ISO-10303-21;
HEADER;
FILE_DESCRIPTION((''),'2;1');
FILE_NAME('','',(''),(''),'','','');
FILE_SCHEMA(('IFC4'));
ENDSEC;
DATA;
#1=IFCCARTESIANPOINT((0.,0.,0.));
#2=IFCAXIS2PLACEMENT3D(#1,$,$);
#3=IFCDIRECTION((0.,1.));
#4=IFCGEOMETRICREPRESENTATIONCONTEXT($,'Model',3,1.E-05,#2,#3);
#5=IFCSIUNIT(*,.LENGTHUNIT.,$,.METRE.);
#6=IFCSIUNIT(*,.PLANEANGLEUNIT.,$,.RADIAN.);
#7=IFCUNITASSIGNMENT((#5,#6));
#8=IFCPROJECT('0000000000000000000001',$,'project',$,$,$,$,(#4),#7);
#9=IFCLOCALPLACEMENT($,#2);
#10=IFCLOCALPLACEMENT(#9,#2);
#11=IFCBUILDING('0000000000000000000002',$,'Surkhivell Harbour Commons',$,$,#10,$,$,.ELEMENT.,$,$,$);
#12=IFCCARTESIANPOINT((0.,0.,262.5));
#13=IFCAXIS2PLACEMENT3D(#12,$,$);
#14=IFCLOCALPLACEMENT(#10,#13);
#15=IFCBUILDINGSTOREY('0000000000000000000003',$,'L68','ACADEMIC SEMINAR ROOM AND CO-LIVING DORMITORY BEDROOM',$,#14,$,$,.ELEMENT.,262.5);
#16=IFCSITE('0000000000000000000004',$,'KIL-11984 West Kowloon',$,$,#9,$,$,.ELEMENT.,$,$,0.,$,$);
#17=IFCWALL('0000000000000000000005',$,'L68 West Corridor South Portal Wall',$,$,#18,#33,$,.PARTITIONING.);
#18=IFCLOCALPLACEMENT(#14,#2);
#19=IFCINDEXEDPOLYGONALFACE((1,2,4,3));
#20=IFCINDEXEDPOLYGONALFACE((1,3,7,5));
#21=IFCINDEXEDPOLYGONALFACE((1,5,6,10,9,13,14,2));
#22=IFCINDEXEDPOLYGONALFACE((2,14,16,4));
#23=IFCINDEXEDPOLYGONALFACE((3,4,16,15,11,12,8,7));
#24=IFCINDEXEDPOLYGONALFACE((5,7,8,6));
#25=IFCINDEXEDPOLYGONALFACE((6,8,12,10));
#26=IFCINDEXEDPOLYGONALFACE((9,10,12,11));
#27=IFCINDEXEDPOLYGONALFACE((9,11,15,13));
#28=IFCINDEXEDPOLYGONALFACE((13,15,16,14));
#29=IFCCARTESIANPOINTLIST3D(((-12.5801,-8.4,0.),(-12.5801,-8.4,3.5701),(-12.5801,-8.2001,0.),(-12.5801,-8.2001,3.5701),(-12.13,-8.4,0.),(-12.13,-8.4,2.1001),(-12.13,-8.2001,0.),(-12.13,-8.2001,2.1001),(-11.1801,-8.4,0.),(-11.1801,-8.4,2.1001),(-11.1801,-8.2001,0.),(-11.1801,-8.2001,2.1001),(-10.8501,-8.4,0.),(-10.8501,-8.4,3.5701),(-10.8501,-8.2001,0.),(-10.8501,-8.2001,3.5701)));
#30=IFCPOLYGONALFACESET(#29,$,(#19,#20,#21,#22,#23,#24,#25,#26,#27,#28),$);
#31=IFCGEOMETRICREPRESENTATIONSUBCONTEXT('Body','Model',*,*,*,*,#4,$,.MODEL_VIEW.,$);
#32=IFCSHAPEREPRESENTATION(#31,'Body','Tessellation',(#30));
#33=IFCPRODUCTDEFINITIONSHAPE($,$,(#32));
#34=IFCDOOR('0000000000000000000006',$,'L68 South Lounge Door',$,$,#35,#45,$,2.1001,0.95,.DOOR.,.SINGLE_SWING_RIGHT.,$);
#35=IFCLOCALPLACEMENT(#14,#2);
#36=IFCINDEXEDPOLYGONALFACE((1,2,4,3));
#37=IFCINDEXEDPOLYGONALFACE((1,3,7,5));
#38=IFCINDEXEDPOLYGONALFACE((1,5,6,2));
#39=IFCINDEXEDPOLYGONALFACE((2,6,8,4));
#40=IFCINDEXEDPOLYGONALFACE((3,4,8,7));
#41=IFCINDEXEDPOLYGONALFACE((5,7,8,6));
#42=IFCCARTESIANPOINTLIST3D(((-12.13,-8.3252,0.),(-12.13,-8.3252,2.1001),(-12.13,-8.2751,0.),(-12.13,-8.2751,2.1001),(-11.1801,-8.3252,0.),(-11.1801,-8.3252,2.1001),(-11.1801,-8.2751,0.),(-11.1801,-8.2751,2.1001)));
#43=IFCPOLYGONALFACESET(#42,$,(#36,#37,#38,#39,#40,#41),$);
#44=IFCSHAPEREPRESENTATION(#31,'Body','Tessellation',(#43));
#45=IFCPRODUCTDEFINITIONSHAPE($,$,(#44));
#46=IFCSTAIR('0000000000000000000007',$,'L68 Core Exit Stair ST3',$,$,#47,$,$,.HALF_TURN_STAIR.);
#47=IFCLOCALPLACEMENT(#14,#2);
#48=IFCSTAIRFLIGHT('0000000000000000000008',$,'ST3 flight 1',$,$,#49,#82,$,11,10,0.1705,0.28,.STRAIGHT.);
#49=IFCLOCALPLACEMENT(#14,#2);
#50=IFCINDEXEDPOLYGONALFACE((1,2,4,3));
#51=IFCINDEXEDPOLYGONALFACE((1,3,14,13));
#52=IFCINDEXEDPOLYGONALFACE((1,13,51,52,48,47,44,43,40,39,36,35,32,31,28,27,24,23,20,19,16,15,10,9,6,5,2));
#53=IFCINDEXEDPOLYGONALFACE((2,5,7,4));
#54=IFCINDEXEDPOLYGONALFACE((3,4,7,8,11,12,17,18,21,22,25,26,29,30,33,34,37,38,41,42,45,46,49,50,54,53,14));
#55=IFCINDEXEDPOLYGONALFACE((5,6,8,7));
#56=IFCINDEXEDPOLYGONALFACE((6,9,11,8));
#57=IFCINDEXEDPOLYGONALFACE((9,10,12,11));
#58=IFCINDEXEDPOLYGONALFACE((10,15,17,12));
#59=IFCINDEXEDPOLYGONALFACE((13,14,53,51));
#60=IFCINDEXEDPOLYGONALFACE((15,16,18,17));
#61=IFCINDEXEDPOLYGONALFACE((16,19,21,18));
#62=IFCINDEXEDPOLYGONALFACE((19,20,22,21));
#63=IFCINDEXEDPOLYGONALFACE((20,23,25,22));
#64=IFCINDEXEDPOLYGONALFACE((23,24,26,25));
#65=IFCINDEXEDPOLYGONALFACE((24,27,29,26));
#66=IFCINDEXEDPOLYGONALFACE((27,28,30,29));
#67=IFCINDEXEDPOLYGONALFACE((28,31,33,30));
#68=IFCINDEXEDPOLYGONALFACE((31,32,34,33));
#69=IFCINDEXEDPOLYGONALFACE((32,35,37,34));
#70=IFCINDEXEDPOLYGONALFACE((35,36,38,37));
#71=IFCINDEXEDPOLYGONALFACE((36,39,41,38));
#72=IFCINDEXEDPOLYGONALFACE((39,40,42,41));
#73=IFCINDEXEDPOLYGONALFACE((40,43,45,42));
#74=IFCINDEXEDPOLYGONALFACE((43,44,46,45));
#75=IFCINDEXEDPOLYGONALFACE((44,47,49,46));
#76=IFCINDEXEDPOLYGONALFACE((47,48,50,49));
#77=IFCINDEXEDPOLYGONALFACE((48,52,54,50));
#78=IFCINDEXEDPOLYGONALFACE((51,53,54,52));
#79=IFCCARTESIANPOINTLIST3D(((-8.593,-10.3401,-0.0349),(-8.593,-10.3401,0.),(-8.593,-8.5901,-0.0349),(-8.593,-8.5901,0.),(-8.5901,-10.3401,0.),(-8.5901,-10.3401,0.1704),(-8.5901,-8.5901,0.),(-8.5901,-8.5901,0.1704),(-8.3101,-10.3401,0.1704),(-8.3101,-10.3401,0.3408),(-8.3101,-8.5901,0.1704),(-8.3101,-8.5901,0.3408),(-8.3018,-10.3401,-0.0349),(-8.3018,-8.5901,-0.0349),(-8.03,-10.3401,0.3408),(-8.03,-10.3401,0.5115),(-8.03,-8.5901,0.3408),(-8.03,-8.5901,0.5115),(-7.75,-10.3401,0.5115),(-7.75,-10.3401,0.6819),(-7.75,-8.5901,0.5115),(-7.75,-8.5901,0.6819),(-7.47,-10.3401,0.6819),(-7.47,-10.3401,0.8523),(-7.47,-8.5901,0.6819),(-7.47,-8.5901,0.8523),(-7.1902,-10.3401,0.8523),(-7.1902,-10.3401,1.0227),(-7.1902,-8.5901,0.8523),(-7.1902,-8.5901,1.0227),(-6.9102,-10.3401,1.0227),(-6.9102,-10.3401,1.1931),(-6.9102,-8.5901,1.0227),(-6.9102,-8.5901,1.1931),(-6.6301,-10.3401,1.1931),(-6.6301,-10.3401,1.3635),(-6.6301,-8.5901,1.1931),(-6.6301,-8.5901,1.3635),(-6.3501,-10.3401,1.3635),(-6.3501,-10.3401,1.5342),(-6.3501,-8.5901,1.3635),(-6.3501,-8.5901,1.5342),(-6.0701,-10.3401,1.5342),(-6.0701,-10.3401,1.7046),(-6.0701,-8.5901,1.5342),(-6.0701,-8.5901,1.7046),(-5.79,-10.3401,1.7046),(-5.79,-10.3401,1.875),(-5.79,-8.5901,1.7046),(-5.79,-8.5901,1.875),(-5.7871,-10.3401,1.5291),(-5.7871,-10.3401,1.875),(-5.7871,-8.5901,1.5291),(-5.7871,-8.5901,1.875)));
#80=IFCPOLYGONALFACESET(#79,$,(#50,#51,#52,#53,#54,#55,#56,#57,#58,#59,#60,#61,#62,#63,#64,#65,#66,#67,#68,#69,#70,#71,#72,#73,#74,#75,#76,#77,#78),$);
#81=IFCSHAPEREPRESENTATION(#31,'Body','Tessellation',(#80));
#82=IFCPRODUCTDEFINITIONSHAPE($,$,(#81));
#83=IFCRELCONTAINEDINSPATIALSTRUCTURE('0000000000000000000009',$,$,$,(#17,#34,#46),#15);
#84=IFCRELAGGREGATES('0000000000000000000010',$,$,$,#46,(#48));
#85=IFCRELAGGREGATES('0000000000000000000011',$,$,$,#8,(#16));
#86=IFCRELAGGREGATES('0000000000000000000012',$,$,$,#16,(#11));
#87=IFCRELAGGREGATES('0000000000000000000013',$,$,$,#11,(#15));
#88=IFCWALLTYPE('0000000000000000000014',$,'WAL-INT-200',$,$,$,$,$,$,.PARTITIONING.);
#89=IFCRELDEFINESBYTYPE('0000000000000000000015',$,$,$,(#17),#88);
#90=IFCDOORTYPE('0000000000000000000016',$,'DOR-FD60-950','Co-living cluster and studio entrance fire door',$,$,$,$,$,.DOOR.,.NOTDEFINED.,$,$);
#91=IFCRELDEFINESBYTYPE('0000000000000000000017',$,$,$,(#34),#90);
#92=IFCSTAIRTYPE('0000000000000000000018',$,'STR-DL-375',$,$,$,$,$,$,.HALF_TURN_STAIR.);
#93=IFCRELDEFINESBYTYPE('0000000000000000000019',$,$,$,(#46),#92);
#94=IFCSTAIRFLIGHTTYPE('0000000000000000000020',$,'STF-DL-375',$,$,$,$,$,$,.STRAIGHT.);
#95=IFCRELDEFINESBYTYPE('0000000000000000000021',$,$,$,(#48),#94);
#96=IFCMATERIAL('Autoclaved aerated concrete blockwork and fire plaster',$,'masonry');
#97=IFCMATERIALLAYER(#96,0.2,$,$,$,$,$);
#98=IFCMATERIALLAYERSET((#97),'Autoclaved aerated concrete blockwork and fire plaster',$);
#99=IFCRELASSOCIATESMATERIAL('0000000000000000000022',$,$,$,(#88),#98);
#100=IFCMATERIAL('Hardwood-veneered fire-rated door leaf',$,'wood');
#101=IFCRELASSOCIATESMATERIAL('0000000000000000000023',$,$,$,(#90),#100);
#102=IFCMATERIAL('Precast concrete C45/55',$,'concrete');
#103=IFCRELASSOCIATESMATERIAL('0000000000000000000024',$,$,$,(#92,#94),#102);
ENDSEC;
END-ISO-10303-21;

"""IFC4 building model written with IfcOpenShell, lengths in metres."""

from ifc_helpers import new_model, si_unit, direction, frame, frame_2d, origin, place, context, subcontext, project, spatial, polyline, rectangle, outline, extrude, material, layer, layer_set, type_object, element, fill, aggregate, save


model = new_model("IFC4")

# Units and contexts
model_context = context("Model", 3, precision=1e-05, world=origin(), true_north=direction((0.0, 1.0)))
body_context = subcontext(model_context, "Body", "Model", "MODEL_VIEW")
ifc_project = project(units=[si_unit("LENGTHUNIT", "METRE"), si_unit("PLANEANGLEUNIT", "RADIAN")], contexts=[model_context])

# Site, building, storey
site_placement = place(None, origin())
site = spatial("IfcSite", under=ifc_project, at=site_placement, Name="KIL-11984 West Kowloon", CompositionType="ELEMENT", RefElevation=0.0)
building_placement = place(site_placement, origin())
building = spatial("IfcBuilding", under=site, at=building_placement, Name="Surkhivell Harbour Commons", CompositionType="ELEMENT")
storey_placement = place(building_placement, frame((0.0, 0.0, 262.5)))
storey = spatial("IfcBuildingStorey", under=building, at=storey_placement, Name="L68", Description="ACADEMIC SEMINAR ROOM AND CO-LIVING DORMITORY BEDROOM", CompositionType="ELEMENT", Elevation=262.5)

# Shared definitions
ifc_material_1 = material(Name="Autoclaved aerated concrete blockwork and fire plaster", Category="masonry")
ifc_layer_1 = layer(ifc_material_1, 0.2)
ifc_layer_set_1 = layer_set([ifc_layer_1], Name="Autoclaved aerated concrete blockwork and fire plaster")
wall_type_1 = type_object("IfcWallType", Name="WAL-INT-200", PredefinedType="PARTITIONING", material=ifc_layer_set_1)
ifc_material_2 = material(Name="Hardwood-veneered fire-rated door leaf", Category="wood")
door_type_1 = type_object("IfcDoorType", Name="DOR-FD60-950", Description="Co-living cluster and studio entrance fire door", OperationType="NOTDEFINED", PredefinedType="DOOR", material=ifc_material_2)

# Wall, opening, door
wall_1_placement = place(storey_placement, frame((-12.5801, -8.3, 0.0), z_axis=(0.0, 0.0, 1.0), x_axis=(1.0, 0.0, 0.0)))
wall_1 = element("IfcWall", 1, at=wall_1_placement, inside=storey, type_object=wall_type_1, Name="L68 West Corridor South Portal Wall", PredefinedType="PARTITIONING", context=body_context, shape_type="SweptSolid", body=[
    extrude(rectangle(XDim=1.73, YDim=0.2, at=frame_2d((0.865, 0.0))), origin(), (0.0, 0.0, 1.0), 3.5701),
])
opening_1_placement = place(wall_1_placement, frame((0.45, 0.0, 0.0)))
opening_1 = element("IfcOpeningElement", 2, at=opening_1_placement, cuts=wall_1, PredefinedType="OPENING", context=body_context, shape_type="SweptSolid", body=[
    extrude(rectangle(XDim=0.95, YDim=2.1001, at=frame_2d((0.4751, 1.05))), frame((0.0, 0.1099, 0.0), z_axis=(0.0, -1.0, 0.0), x_axis=(1.0, 0.0, 0.0)), (0.0, 0.0, 1.0), 0.22),
])
door_1_placement = place(opening_1_placement, origin())
door_1 = element("IfcDoor", 3, at=door_1_placement, inside=storey, type_object=door_type_1, Name="L68 South Lounge Door", OperationType="SINGLE_SWING_RIGHT", OverallHeight=2.1001, OverallWidth=0.95, PredefinedType="DOOR", context=body_context, shape_type="SweptSolid", body=[
    extrude(rectangle(XDim=0.95, YDim=2.1001, at=frame_2d((0.4751, 1.05))), frame((0.0, 0.0249, 0.0), z_axis=(0.0, -1.0, 0.0), x_axis=(1.0, 0.0, 0.0)), (0.0, 0.0, 1.0), 0.05),
])
fill(opening_1, door_1)

# Stair, stair flight
ifc_material_3 = material(Name="Precast concrete C45/55", Category="concrete")
stair_type = type_object("IfcStairType", Name="STR-DL-375", PredefinedType="HALF_TURN_STAIR", material=ifc_material_3)
stair_placement = place(storey_placement, origin())
stair = element("IfcStair", 4, at=stair_placement, inside=storey, type_object=stair_type, Name="L68 Core Exit Stair ST3", PredefinedType="HALF_TURN_STAIR")
stair_flight_type = type_object("IfcStairFlightType", Name="STF-DL-375", PredefinedType="STRAIGHT", material=ifc_material_3)
stair_flight_placement = place(storey_placement, frame((-8.5901, -9.4651, 0.0), z_axis=(0.0, 0.0, 1.0), x_axis=(1.0, 0.0, 0.0)))
stair_flight = element("IfcStairFlight", 5, at=stair_flight_placement, type_object=stair_flight_type, Name="ST3 flight 1", NumberOfRisers=11, NumberOfTreads=10, PredefinedType="STRAIGHT", RiserHeight=0.1705, TreadLength=0.28, context=body_context, shape_type="SweptSolid", body=[
    extrude(outline(polyline([(-0.0029, -0.0349), (-0.0029, 0.0), (0.0, 0.0), (0.0, 0.1704), (0.28, 0.1704), (0.28, 0.3408), (0.5601, 0.3408), (0.5601, 0.5115), (0.8401, 0.5115), (0.8401, 0.6819), (1.1201, 0.6819), (1.1201, 0.8523), (1.3999, 0.8523), (1.3999, 1.0227), (1.6799, 1.0227), (1.6799, 1.1931), (1.96, 1.1931), (1.96, 1.3635), (2.24, 1.3635), (2.24, 1.5342), (2.52, 1.5342), (2.52, 1.7046), (2.8, 1.7046), (2.8, 1.875), (2.803, 1.875), (2.803, 1.5291), (0.2883, -0.0349), (-0.0029, -0.0349)])), frame((0.0, 0.875, 0.0), z_axis=(0.0, -1.0, 0.0), x_axis=(1.0, 0.0, 0.0)), (0.0, 0.0, 1.0), 1.75),
])
aggregate(stair, [stair_flight])

save(model, "model.ifc")
